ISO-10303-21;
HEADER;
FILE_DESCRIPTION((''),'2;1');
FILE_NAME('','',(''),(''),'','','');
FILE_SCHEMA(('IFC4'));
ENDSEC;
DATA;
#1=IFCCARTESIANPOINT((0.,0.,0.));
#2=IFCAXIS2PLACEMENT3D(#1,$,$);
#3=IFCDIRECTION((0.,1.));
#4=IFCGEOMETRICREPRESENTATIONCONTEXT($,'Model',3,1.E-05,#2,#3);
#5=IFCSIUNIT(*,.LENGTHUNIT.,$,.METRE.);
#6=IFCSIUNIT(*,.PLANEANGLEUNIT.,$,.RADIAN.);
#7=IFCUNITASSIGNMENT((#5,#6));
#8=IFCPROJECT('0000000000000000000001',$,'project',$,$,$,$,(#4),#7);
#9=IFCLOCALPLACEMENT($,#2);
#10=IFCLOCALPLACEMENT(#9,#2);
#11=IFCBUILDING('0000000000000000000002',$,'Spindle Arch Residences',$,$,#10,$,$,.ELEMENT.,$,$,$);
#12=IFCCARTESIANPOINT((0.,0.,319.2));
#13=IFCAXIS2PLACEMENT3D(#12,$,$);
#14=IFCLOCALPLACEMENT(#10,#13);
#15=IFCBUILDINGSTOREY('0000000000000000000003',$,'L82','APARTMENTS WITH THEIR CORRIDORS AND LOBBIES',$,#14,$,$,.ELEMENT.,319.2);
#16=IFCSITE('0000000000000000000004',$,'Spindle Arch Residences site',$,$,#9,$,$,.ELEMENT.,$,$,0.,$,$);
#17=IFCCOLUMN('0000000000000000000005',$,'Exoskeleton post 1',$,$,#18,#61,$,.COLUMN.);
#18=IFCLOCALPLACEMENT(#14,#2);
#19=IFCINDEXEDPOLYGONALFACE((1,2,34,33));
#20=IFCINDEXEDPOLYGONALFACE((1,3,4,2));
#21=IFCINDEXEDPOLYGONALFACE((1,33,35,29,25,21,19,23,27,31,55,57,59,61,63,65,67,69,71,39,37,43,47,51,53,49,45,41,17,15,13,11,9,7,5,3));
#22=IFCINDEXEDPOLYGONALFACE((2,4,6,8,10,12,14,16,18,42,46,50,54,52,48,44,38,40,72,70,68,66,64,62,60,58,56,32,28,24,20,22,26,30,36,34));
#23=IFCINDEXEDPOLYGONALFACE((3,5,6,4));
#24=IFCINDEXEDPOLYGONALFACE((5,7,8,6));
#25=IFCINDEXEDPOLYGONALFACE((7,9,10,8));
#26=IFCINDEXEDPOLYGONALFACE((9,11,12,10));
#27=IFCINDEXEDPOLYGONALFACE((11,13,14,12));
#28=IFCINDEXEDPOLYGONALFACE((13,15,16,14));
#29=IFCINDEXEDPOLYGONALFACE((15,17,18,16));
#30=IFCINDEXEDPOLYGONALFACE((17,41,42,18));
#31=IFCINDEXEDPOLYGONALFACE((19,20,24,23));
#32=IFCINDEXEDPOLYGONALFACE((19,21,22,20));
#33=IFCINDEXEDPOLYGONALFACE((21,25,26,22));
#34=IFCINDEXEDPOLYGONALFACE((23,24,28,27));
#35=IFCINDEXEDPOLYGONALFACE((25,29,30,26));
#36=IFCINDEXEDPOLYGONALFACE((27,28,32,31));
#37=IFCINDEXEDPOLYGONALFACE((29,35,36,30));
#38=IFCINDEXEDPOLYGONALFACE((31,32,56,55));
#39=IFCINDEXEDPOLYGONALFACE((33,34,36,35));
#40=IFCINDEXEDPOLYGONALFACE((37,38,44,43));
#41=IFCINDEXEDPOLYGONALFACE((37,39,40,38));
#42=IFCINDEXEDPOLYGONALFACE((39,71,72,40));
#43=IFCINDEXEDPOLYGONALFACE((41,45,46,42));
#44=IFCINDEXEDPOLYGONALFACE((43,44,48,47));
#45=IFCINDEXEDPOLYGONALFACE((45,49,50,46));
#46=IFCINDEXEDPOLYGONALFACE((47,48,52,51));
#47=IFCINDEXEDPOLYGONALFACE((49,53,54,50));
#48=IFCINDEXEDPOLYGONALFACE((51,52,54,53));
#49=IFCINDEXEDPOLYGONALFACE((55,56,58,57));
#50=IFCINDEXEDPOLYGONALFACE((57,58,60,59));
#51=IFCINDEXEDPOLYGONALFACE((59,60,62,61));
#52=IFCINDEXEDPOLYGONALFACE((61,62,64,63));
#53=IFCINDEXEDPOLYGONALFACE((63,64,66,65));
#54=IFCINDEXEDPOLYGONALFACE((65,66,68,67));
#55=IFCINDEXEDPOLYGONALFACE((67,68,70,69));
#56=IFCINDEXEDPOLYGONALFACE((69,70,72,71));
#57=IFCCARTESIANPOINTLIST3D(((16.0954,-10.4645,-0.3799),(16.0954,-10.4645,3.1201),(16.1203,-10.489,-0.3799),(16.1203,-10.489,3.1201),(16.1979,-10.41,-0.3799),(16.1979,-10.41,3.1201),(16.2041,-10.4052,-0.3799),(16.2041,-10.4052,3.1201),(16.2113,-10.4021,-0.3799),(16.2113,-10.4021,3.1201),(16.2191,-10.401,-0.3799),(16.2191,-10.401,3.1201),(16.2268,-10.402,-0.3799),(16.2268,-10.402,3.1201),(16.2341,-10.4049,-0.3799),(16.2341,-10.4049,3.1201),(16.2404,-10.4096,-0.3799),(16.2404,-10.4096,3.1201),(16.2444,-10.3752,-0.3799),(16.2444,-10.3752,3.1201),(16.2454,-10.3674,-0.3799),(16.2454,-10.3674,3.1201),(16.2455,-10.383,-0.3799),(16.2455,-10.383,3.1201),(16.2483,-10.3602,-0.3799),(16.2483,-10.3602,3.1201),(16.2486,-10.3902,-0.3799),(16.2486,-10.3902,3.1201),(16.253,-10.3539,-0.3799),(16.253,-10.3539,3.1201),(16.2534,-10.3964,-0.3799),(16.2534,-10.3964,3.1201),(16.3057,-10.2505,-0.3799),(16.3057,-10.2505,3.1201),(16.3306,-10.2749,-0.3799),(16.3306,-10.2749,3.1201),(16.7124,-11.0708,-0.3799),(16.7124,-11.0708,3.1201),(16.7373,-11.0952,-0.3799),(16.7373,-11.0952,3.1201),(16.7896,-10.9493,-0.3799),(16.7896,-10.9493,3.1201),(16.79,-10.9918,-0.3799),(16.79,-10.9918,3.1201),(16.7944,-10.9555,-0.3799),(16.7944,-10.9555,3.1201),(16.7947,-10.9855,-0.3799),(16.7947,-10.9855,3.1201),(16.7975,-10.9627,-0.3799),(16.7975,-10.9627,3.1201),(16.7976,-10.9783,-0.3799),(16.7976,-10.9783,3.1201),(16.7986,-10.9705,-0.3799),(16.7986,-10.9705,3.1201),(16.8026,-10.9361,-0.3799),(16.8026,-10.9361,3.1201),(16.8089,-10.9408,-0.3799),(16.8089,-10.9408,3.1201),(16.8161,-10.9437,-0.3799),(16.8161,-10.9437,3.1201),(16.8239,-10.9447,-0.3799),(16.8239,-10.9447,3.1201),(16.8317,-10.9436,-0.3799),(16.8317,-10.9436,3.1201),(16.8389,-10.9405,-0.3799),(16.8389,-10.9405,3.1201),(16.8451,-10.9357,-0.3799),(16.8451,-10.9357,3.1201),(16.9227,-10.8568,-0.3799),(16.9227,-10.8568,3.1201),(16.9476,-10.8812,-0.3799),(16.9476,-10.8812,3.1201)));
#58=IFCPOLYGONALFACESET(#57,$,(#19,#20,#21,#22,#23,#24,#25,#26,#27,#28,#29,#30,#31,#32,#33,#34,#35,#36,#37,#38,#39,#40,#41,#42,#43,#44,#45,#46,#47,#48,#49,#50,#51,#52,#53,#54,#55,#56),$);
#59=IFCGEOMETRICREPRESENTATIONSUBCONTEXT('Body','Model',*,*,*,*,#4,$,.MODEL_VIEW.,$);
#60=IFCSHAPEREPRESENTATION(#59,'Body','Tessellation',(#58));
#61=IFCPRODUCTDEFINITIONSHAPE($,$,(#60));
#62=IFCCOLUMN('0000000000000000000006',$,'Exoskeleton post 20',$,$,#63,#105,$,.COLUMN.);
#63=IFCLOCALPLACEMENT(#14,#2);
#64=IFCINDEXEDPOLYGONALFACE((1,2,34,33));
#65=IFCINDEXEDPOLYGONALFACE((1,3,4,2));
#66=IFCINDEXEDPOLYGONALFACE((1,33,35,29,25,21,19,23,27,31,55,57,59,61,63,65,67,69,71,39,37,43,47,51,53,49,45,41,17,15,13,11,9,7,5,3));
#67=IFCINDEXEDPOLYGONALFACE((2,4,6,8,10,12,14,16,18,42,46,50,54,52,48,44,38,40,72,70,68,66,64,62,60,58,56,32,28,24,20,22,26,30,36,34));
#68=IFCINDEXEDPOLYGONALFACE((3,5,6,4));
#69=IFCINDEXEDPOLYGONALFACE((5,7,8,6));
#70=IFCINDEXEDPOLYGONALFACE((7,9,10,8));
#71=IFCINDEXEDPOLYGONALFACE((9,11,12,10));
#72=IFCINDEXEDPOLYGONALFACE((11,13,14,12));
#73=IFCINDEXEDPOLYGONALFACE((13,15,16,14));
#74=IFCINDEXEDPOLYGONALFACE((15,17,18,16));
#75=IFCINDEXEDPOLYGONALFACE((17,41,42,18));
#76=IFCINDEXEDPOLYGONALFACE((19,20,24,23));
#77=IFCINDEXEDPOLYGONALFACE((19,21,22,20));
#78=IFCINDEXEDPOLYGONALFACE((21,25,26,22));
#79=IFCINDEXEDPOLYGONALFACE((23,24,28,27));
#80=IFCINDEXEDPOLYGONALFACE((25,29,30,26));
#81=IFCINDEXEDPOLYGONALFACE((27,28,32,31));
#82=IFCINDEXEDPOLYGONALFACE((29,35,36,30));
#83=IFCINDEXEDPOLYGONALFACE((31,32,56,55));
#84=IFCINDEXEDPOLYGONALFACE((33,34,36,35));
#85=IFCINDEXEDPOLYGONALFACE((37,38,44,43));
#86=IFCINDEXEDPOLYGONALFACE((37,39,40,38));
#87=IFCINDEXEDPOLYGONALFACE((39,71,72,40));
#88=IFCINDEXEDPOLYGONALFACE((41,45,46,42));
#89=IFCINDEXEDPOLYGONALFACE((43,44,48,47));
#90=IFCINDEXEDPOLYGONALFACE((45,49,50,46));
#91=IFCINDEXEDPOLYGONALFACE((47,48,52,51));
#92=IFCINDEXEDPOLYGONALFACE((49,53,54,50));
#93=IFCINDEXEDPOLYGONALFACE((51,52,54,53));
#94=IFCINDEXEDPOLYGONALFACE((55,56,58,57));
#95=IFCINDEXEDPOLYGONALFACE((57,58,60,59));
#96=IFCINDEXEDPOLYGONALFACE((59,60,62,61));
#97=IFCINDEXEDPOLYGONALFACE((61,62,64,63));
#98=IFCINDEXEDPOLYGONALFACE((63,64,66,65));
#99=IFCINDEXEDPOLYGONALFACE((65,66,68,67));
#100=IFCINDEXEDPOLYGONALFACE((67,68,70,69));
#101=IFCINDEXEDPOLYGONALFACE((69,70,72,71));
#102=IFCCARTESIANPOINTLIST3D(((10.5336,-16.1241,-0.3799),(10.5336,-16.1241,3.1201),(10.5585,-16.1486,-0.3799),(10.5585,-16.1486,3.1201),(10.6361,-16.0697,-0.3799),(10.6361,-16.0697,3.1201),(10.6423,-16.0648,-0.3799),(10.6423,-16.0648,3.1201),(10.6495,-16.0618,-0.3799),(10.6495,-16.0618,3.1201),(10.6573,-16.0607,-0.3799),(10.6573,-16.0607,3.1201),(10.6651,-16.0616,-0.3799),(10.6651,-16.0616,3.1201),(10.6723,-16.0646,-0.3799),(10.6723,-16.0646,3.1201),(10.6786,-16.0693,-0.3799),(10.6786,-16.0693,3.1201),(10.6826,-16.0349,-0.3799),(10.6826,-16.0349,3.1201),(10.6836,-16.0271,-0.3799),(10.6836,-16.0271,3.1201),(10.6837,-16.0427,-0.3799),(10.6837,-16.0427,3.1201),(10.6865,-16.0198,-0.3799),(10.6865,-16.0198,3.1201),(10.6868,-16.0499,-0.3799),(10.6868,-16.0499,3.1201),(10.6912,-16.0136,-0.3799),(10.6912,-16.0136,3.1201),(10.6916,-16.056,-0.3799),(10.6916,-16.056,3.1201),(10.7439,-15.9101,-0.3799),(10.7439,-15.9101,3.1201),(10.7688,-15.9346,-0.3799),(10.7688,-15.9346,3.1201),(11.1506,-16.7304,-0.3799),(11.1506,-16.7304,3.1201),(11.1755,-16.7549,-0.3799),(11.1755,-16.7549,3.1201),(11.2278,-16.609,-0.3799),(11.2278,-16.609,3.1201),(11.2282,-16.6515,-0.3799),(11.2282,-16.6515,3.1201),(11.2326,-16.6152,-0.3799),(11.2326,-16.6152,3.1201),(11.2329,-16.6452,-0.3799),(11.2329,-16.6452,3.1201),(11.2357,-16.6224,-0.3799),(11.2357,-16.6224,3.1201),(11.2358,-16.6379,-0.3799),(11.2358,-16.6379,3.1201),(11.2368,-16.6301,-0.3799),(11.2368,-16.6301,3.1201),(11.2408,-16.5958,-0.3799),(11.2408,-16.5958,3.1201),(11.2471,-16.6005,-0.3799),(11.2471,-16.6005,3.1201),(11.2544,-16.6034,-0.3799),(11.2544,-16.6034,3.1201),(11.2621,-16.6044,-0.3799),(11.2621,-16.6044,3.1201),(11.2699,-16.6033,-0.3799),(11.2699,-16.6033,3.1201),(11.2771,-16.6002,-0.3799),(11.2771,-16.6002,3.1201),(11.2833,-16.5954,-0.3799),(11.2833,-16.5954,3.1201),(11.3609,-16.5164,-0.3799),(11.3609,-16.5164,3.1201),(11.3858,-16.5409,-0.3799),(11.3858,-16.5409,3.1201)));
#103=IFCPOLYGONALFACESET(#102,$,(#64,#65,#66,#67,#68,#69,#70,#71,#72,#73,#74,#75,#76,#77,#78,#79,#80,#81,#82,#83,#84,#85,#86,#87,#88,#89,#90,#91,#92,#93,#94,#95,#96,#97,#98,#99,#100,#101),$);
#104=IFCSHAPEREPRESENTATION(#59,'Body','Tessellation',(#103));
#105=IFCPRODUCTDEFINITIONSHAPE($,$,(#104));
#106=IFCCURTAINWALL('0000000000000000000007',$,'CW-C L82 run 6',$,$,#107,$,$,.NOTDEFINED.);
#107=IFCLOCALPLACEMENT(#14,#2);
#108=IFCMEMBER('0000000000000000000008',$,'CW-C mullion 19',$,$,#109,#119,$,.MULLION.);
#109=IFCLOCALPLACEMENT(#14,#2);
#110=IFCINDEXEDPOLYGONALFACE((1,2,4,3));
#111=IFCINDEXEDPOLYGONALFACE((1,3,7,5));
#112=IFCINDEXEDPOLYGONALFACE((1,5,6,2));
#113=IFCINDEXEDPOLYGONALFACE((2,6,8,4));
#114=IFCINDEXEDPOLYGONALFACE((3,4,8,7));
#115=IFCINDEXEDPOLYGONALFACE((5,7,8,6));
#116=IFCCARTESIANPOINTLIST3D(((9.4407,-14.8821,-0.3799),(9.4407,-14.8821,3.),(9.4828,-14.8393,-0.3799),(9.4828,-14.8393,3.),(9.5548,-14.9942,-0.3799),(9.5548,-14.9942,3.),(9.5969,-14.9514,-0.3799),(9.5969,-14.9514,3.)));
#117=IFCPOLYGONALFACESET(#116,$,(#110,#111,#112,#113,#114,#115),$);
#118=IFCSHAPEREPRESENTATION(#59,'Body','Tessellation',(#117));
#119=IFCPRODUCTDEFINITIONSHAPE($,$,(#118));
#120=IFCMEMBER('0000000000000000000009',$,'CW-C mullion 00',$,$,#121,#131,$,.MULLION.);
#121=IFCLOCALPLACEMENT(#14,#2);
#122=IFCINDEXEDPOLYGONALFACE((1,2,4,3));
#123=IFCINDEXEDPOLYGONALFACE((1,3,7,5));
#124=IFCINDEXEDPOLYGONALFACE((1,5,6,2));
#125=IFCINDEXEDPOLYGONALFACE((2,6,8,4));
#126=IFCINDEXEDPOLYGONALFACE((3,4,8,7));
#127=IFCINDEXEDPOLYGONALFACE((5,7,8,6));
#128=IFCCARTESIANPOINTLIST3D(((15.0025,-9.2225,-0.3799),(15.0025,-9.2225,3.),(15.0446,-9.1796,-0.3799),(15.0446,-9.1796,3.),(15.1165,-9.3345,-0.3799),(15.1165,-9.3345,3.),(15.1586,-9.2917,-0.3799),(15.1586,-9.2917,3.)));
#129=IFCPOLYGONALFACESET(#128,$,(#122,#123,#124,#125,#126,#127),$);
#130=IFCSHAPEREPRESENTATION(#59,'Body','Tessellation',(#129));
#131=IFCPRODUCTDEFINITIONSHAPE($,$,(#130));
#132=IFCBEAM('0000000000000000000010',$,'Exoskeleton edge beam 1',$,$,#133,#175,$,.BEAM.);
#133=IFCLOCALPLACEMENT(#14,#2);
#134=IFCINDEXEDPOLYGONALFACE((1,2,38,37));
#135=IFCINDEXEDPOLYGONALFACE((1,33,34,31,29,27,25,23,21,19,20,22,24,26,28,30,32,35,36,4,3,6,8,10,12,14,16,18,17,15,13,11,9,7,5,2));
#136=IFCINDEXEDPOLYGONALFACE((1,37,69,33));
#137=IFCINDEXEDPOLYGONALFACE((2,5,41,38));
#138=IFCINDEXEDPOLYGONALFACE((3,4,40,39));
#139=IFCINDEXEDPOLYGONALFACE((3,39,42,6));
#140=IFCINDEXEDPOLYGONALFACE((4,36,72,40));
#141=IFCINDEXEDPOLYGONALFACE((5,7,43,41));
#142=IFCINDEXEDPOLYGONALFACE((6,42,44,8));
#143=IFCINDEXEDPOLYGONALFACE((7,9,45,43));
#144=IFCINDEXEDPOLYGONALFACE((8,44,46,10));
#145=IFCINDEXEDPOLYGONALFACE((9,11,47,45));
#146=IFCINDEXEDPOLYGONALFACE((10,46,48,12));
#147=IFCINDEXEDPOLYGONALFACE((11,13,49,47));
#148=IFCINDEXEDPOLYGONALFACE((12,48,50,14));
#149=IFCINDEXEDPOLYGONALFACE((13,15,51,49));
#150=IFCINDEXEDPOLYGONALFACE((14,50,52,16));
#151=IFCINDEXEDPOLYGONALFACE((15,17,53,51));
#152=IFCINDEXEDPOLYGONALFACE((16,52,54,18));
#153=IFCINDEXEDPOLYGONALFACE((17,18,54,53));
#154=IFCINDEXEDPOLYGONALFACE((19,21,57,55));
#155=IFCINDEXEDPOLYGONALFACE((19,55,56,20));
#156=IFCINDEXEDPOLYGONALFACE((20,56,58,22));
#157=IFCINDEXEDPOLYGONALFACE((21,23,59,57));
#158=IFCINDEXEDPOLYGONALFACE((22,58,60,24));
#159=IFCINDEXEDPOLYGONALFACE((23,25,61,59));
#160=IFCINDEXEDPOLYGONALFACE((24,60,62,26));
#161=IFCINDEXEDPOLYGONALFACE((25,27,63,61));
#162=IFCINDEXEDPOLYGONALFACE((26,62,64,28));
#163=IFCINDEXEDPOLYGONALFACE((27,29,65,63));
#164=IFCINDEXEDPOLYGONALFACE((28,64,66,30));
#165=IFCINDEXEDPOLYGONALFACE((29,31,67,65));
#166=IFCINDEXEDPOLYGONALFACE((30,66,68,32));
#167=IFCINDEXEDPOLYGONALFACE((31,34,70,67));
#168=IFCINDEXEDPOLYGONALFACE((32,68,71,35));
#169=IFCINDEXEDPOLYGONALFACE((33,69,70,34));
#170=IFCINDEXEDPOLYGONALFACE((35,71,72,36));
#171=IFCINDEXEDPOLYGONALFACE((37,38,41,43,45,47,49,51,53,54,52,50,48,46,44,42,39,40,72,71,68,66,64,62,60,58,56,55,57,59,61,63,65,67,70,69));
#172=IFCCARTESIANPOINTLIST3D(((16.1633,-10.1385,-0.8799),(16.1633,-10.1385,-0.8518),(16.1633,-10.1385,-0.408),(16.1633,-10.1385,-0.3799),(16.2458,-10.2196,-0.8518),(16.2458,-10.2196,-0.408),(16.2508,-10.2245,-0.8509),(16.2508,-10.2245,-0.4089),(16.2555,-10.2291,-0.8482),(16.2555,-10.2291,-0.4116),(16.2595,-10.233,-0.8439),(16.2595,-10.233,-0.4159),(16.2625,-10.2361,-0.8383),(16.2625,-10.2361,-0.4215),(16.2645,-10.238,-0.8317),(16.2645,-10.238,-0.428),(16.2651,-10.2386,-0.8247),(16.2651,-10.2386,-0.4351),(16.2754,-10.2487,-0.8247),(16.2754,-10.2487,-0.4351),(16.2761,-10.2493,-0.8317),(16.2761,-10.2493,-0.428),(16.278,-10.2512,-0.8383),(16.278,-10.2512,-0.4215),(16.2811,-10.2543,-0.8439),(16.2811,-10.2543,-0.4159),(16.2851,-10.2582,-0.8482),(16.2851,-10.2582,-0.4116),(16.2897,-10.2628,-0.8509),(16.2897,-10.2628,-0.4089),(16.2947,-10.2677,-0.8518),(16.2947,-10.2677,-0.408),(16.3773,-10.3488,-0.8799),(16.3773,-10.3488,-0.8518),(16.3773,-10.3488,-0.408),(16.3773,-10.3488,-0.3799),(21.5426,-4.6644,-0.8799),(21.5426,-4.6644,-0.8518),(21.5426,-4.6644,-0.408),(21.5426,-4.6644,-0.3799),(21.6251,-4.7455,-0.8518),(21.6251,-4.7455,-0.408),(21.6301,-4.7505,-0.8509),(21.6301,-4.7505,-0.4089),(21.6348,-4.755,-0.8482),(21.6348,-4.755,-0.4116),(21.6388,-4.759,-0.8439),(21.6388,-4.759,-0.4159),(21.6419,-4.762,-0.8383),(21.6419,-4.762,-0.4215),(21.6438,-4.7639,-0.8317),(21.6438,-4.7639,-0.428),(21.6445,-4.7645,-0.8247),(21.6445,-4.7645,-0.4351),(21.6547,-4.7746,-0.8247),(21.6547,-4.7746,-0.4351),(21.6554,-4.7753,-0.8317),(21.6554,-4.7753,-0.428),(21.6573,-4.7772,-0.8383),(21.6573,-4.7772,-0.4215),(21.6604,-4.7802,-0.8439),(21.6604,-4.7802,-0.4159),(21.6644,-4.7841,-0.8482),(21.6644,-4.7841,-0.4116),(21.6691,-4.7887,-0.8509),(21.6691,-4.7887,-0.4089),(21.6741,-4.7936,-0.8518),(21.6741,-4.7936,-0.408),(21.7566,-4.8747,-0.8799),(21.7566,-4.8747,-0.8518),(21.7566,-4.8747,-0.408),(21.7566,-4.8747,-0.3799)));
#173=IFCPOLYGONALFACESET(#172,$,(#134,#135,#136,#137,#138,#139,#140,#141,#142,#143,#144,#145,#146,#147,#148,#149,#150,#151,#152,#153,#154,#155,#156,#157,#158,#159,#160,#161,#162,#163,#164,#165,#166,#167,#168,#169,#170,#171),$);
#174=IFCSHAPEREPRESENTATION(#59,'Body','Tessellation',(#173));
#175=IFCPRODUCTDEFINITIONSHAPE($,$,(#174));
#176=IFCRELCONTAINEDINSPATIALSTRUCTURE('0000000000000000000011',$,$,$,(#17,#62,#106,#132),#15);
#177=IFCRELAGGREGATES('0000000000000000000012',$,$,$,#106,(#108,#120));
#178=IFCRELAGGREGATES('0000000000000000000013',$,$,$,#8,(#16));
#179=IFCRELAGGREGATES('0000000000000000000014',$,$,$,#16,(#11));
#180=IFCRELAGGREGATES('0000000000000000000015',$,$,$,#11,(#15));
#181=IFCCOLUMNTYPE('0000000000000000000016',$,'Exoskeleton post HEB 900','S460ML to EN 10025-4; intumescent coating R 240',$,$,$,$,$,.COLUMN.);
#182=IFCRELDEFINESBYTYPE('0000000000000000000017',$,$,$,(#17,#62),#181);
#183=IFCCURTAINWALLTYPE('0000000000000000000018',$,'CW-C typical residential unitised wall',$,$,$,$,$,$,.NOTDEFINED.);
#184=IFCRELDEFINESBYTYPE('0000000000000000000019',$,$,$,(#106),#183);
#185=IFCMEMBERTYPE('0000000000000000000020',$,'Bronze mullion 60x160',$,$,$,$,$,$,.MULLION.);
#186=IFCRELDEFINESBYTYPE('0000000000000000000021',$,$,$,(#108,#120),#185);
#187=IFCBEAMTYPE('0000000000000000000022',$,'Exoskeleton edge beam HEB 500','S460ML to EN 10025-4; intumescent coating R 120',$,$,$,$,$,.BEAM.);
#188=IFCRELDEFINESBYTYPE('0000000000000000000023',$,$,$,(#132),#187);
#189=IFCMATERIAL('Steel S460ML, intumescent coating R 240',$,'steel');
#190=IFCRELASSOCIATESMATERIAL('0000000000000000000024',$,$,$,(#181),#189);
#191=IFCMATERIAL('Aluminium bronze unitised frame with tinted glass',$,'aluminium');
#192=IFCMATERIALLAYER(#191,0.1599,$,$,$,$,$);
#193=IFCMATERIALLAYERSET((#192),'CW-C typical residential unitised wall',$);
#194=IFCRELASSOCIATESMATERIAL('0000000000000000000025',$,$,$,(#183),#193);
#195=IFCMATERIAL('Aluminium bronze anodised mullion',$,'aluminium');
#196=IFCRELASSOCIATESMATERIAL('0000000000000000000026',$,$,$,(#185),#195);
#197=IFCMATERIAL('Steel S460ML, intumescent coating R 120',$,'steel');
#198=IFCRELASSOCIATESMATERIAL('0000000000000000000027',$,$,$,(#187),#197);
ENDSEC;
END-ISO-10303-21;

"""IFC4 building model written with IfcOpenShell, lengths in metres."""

from ifc_helpers import new_model, si_unit, direction, frame, origin, origin_2d, place, context, subcontext, project, spatial, rectangle, i_section, extrude, material, layer, layer_set, material_profile, profile_set, type_object, element, aggregate, save


model = new_model("IFC4")

# Units and contexts
model_context = context("Model", 3, precision=1e-05, world=origin(), true_north=direction((0.0, 1.0)))
body_context = subcontext(model_context, "Body", "Model", "MODEL_VIEW")
ifc_project = project(units=[si_unit("LENGTHUNIT", "METRE"), si_unit("PLANEANGLEUNIT", "RADIAN")], contexts=[model_context])

# Site, building, storey
site_placement = place(None, origin())
site = spatial("IfcSite", under=ifc_project, at=site_placement, Name="Spindle Arch Residences site", CompositionType="ELEMENT", RefElevation=0.0)
building_placement = place(site_placement, origin())
building = spatial("IfcBuilding", under=site, at=building_placement, Name="Spindle Arch Residences", CompositionType="ELEMENT")
storey_placement = place(building_placement, frame((0.0, 0.0, 319.2)))
storey = spatial("IfcBuildingStorey", under=building, at=storey_placement, Name="L82", Description="APARTMENTS WITH THEIR CORRIDORS AND LOBBIES", CompositionType="ELEMENT", Elevation=319.2)

# Columns
ifc_material_1 = material(Name="Steel S460ML, intumescent coating R 240", Category="steel")
ifc_material_profile_1 = material_profile(ifc_material_1, i_section(OverallWidth=0.3, OverallDepth=0.8999, WebThickness=0.0186, FlangeThickness=0.0349, FilletRadius=0.03, at=origin_2d()), Name="HEB 900")
ifc_profile_set_1 = profile_set([ifc_material_profile_1], Name="Steel S460ML, intumescent coating R 240")
column_type = type_object("IfcColumnType", Name="Exoskeleton post HEB 900", Description="S460ML to EN 10025-4; intumescent coating R 240", PredefinedType="COLUMN", material=ifc_profile_set_1)
for number, where, z_axis, x_axis, name in (
    (1, (16.5215, -10.6729, -0.3799), (0.0, 0.0, 1.0), (-0.700909, -0.71325, 0.0), "Exoskeleton post 1"),
    (2, (10.9597, -16.3325, -0.3799), (0.0, 0.0, 1.0), (-0.700909, -0.71325, 0.0), "Exoskeleton post 20"),
):
    element("IfcColumn", number, at=place(storey_placement, frame(where, z_axis=z_axis, x_axis=x_axis)), inside=storey, type_object=column_type, Name=name, PredefinedType="COLUMN", context=body_context, shape_type="SweptSolid", body=[
        extrude(i_section(OverallWidth=0.3, OverallDepth=0.8999, WebThickness=0.0186, FlangeThickness=0.0349, FilletRadius=0.03, at=origin_2d()), origin(), (0.0, 0.0, 1.0), 3.5),
    ])

# Curtain wall, members
ifc_material_2 = material(Name="Aluminium bronze unitised frame with tinted glass", Category="aluminium")
ifc_layer_1 = layer(ifc_material_2, 0.1599)
ifc_layer_set_1 = layer_set([ifc_layer_1], Name="CW-C typical residential unitised wall")
curtain_wall_type = type_object("IfcCurtainWallType", Name="CW-C typical residential unitised wall", PredefinedType="NOTDEFINED", material=ifc_layer_set_1)
curtain_wall_placement = place(storey_placement, origin())
curtain_wall = element("IfcCurtainWall", 3, at=curtain_wall_placement, inside=storey, type_object=curtain_wall_type, Name="CW-C L82 run 6", PredefinedType="NOTDEFINED")
ifc_material_3 = material(Name="Aluminium bronze anodised mullion", Category="aluminium")
ifc_material_profile_2 = material_profile(ifc_material_3, rectangle(XDim=0.1599, YDim=0.0601, at=origin_2d()), Name="MU 60x160")
ifc_profile_set_2 = profile_set([ifc_material_profile_2], Name="Aluminium bronze anodised mullion")
member_type = type_object("IfcMemberType", Name="Bronze mullion 60x160", PredefinedType="MULLION", material=ifc_profile_set_2)
member_1_placement = place(storey_placement, frame((9.5188, -14.9167, -0.3799), z_axis=(0.0, 0.0, 1.0), x_axis=(-0.71325, 0.700909, 0.0)))
member_1 = element("IfcMember", 4, at=member_1_placement, type_object=member_type, Name="CW-C mullion 19", PredefinedType="MULLION", context=body_context, shape_type="SweptSolid", body=[
    extrude(rectangle(XDim=0.1599, YDim=0.0601, at=origin_2d()), origin(), (0.0, 0.0, 1.0), 3.3799),
])
member_2_placement = place(storey_placement, frame((15.0806, -9.2571, -0.3799), z_axis=(0.0, 0.0, 1.0), x_axis=(-0.71325, 0.700909, 0.0)))
member_2 = element("IfcMember", 5, at=member_2_placement, type_object=member_type, Name="CW-C mullion 00", PredefinedType="MULLION", context=body_context, shape_type="SweptSolid", body=[
    extrude(rectangle(XDim=0.1599, YDim=0.0601, at=origin_2d()), origin(), (0.0, 0.0, 1.0), 3.3799),
])

# Beam
ifc_material_4 = material(Name="Steel S460ML, intumescent coating R 120", Category="steel")
ifc_material_profile_3 = material_profile(ifc_material_4, i_section(OverallWidth=0.3, OverallDepth=0.5, WebThickness=0.0144, FlangeThickness=0.0281, FilletRadius=0.0271, at=origin_2d()), Name="HEB 500")
ifc_profile_set_3 = profile_set([ifc_material_profile_3], Name="Steel S460ML, intumescent coating R 120")
beam_type_1 = type_object("IfcBeamType", Name="Exoskeleton edge beam HEB 500", Description="S460ML to EN 10025-4; intumescent coating R 120", PredefinedType="BEAM", material=ifc_profile_set_3)
for number, where, z_axis, x_axis, name in (
    (6, (16.2703, -10.2437, -0.6299), (0.700909, 0.713251, 0.0), (-0.713251, 0.700909, 0.0), "Exoskeleton edge beam 1"),
):
    element("IfcBeam", number, at=place(storey_placement, frame(where, z_axis=z_axis, x_axis=x_axis)), inside=storey, type_object=beam_type_1, Name=name, PredefinedType="BEAM", context=body_context, shape_type="SweptSolid", body=[
        extrude(i_section(OverallWidth=0.3, OverallDepth=0.5, WebThickness=0.0144, FlangeThickness=0.0281, FilletRadius=0.0271, at=origin_2d()), origin(), (0.0, 0.0, 1.0), 7.6748),
    ])

aggregate(curtain_wall, [member_1, member_2])

save(model, "model.ifc")
